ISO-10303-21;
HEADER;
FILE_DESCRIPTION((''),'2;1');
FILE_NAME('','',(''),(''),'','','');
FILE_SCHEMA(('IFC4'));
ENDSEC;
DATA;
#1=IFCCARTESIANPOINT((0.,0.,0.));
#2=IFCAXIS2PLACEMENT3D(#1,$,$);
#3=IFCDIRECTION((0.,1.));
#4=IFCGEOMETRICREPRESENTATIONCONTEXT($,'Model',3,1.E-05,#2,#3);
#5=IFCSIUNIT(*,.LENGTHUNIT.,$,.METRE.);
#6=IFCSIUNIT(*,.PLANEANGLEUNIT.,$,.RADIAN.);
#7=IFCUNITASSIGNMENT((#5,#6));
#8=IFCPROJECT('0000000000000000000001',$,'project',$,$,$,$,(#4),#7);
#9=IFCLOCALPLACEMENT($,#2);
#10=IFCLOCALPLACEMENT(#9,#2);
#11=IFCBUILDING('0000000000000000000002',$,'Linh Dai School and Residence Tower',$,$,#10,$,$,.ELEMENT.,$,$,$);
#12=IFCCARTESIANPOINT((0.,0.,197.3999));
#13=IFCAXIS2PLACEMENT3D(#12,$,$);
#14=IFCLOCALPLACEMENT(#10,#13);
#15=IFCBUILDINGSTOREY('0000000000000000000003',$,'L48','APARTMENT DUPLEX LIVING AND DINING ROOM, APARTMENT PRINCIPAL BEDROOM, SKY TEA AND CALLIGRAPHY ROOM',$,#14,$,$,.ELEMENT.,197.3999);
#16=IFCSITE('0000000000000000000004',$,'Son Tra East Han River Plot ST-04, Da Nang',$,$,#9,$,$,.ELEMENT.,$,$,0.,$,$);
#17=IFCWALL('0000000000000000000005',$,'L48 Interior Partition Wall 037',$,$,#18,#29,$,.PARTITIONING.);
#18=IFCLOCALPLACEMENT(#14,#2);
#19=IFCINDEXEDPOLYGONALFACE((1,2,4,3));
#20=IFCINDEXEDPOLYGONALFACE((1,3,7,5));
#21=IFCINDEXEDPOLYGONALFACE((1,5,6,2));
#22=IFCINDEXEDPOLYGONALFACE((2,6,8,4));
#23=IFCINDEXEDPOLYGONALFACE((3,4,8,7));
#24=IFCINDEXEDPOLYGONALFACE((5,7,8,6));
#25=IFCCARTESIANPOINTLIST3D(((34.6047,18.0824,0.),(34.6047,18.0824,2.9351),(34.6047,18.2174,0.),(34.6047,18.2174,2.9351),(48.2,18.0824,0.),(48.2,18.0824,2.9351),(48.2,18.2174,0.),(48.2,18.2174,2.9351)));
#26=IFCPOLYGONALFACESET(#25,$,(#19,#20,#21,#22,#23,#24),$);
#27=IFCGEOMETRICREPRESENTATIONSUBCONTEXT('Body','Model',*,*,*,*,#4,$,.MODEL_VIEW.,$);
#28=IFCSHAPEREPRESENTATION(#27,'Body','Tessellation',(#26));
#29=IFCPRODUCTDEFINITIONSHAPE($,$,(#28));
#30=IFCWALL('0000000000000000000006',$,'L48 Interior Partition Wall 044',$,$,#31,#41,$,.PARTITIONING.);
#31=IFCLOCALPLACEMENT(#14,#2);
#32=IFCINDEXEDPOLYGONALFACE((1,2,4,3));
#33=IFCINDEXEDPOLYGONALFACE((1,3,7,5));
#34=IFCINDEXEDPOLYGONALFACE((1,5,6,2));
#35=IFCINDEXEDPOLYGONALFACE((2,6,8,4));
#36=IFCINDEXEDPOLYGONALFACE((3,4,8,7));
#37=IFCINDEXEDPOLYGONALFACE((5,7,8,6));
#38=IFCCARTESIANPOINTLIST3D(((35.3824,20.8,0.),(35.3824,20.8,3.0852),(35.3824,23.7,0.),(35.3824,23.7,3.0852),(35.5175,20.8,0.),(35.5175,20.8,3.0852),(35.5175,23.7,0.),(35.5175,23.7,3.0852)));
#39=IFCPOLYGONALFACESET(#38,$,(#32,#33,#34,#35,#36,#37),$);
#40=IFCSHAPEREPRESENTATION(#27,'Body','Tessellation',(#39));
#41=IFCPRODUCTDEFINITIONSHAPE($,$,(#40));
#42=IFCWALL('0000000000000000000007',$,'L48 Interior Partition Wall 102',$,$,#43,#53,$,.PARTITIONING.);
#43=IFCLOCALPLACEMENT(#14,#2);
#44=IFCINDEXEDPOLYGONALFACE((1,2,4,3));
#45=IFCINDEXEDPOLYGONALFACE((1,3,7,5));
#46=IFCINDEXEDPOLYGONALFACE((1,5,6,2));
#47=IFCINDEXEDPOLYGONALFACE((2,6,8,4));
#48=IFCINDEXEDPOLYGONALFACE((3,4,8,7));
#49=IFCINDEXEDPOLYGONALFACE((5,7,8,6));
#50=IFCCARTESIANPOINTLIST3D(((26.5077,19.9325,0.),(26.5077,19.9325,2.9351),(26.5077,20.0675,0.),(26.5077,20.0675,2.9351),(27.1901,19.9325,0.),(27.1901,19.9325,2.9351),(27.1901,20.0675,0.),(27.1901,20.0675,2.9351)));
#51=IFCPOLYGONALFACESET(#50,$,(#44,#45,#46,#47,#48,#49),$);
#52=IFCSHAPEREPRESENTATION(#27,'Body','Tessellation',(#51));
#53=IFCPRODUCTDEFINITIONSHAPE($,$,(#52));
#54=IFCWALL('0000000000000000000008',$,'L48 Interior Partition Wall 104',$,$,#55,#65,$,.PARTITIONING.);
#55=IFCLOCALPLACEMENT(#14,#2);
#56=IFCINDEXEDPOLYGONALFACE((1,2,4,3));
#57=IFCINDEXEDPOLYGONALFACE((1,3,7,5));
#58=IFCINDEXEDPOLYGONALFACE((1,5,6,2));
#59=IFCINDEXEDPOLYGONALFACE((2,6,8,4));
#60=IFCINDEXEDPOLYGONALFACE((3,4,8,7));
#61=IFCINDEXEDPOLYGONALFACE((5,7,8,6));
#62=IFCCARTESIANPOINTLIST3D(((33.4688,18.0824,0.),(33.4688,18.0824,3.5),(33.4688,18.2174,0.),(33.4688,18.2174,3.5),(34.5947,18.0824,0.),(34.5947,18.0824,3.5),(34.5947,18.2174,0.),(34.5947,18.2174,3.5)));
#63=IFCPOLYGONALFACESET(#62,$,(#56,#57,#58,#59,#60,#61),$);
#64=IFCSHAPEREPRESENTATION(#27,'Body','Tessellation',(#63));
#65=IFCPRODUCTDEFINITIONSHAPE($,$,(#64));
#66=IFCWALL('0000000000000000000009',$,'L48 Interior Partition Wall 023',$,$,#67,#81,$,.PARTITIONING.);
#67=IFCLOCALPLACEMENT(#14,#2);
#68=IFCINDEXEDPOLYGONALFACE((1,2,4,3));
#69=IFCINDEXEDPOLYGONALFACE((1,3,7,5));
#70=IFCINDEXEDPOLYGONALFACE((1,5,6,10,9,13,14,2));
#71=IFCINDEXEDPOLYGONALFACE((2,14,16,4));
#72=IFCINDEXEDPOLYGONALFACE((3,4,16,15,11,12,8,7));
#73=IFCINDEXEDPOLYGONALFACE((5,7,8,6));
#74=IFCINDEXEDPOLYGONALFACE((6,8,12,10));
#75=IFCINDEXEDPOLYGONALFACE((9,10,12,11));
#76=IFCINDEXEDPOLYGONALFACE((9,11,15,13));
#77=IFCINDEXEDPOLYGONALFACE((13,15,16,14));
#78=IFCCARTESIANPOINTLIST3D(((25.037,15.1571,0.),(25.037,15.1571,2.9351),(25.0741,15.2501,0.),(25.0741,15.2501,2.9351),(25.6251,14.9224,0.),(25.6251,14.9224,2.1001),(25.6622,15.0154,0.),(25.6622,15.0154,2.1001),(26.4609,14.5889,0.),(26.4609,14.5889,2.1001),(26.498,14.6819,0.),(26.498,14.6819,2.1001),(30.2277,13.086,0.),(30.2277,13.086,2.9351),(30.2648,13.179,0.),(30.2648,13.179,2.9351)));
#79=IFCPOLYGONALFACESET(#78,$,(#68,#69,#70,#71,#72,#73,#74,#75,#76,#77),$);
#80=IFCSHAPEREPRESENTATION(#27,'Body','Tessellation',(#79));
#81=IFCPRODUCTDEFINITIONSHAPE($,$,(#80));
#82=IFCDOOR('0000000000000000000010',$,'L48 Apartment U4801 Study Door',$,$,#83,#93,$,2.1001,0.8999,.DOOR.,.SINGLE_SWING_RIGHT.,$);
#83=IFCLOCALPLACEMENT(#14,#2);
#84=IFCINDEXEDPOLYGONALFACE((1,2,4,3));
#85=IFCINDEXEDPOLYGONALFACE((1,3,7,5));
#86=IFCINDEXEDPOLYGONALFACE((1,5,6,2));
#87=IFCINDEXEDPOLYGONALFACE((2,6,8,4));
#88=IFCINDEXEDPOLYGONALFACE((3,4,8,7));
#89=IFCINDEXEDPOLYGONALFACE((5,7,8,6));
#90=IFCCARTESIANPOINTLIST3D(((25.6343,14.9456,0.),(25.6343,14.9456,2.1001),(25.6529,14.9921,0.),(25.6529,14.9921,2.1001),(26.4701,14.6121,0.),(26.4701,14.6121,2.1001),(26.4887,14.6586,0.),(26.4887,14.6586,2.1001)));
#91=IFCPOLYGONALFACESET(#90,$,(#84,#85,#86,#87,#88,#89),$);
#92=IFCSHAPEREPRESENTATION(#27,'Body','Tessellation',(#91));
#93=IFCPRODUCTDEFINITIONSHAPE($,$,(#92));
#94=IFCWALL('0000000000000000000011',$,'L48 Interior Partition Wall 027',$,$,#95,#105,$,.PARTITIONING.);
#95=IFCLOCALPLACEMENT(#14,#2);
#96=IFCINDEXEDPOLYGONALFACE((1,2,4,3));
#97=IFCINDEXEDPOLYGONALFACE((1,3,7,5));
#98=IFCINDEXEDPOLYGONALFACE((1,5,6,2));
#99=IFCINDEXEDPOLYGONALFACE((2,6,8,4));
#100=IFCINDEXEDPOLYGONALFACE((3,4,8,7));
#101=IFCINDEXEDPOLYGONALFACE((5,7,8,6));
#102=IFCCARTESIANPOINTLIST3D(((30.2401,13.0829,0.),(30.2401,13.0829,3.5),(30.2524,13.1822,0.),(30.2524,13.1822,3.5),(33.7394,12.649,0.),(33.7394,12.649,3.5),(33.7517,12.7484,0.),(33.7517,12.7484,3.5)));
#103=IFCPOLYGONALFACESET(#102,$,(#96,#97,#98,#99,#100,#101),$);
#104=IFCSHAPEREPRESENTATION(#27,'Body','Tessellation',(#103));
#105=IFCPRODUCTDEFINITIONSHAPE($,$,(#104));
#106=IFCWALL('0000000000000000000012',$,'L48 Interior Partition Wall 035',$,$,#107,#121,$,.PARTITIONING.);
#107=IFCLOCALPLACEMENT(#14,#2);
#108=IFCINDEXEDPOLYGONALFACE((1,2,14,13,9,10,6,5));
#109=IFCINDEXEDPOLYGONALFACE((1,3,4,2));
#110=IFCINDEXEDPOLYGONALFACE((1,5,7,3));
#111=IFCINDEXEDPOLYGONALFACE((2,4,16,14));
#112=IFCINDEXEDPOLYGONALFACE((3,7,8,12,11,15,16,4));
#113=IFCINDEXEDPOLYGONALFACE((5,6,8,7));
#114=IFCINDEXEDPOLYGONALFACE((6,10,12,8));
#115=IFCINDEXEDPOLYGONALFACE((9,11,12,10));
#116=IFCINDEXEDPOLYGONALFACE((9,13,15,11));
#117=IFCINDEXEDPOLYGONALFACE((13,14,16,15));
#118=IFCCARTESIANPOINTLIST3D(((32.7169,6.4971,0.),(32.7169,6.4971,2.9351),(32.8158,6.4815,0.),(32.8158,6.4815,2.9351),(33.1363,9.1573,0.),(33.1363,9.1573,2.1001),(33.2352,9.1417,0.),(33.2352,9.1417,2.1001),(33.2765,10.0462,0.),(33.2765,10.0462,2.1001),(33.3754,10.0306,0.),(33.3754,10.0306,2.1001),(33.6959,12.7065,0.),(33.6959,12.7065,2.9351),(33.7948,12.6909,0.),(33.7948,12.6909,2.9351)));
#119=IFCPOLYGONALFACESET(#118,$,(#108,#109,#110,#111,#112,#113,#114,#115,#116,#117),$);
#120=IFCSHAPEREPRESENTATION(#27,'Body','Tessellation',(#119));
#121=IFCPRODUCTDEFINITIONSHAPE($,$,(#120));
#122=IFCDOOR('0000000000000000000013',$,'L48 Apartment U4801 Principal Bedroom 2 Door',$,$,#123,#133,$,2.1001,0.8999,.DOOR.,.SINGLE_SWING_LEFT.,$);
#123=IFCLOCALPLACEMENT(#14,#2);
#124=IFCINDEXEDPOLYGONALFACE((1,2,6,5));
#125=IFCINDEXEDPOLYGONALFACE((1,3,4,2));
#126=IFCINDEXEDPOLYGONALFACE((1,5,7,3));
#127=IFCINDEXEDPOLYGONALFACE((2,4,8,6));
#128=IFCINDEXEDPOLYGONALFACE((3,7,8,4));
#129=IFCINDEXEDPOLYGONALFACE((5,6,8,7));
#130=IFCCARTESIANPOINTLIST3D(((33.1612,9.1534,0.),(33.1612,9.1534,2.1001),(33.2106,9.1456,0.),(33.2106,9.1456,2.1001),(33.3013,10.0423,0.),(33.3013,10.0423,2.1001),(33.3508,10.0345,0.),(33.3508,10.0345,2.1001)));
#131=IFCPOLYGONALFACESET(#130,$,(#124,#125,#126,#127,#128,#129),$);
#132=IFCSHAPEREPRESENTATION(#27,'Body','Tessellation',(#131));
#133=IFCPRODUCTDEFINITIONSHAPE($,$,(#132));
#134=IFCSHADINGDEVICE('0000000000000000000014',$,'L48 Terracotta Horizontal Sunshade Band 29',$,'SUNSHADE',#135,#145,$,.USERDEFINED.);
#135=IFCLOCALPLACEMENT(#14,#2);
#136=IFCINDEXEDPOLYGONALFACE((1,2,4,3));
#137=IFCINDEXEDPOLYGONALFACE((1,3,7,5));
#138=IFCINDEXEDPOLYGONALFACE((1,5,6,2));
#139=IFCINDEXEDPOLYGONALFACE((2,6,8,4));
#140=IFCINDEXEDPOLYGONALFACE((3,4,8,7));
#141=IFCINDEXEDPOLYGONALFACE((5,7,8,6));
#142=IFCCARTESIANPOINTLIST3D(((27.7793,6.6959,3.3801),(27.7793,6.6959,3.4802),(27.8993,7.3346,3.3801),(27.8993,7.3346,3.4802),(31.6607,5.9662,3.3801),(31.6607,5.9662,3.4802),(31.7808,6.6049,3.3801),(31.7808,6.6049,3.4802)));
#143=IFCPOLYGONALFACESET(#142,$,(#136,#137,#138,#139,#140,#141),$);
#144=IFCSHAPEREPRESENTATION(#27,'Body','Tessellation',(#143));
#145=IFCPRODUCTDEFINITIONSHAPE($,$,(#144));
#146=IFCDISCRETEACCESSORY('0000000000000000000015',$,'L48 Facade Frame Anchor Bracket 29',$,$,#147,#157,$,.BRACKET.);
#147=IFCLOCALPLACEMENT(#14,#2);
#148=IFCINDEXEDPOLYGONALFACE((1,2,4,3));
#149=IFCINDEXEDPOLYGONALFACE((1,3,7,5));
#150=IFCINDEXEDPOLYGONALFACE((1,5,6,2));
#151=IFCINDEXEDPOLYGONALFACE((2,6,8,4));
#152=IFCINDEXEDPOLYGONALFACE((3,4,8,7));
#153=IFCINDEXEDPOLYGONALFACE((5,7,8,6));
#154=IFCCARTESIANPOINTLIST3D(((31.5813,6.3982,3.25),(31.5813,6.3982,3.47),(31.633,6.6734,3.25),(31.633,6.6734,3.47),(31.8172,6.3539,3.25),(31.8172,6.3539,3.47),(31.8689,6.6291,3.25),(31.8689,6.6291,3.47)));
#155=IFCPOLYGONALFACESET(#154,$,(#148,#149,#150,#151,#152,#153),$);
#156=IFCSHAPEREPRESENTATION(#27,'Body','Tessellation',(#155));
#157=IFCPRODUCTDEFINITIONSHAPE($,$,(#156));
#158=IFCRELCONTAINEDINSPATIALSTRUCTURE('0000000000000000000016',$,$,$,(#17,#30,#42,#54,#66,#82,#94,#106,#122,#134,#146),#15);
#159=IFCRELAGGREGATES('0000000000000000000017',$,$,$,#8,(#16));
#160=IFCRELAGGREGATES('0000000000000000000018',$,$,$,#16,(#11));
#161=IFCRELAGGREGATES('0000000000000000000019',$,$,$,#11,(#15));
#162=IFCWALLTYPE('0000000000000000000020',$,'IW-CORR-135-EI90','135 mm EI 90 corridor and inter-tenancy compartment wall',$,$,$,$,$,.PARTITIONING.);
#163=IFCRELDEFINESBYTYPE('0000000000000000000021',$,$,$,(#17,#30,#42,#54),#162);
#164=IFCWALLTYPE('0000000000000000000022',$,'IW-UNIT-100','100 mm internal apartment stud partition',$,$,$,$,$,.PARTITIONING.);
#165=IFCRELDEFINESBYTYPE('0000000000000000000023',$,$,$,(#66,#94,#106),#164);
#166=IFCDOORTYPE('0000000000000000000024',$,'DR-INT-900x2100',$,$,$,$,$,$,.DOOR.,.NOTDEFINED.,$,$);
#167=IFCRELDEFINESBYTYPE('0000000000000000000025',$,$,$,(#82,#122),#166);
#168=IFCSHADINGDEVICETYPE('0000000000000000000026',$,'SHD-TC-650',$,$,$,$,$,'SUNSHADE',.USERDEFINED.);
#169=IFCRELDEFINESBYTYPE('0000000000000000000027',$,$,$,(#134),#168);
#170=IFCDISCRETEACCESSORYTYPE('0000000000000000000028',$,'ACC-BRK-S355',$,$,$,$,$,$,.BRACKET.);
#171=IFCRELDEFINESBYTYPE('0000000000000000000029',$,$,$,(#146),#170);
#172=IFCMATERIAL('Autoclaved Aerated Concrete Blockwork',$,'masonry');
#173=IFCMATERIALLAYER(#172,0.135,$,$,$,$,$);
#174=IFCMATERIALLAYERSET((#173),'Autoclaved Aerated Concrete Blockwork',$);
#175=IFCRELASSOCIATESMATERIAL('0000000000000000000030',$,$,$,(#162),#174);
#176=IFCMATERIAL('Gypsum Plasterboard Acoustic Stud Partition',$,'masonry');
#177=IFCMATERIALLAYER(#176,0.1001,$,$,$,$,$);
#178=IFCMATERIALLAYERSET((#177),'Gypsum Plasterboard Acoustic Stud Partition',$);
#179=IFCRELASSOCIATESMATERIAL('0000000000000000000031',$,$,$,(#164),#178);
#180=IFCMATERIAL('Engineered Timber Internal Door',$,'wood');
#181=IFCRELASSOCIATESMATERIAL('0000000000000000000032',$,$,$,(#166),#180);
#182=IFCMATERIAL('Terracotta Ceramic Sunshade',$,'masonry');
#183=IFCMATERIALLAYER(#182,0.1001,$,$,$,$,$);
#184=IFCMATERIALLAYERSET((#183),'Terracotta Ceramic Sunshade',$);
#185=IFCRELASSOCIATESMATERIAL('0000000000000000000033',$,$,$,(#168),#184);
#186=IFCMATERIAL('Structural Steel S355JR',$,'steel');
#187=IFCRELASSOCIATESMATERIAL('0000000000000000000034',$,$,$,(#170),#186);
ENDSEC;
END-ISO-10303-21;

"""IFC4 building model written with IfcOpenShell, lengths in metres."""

from ifc_helpers import new_model, si_unit, direction, frame, frame_2d, origin, origin_2d, place, context, subcontext, project, spatial, rectangle, extrude, source, transform, mapped, material, layer, layer_set, type_object, element, fill, save


model = new_model("IFC4")

# Units and contexts
model_context = context("Model", 3, precision=1e-05, world=origin(), true_north=direction((0.0, 1.0)))
body_context = subcontext(model_context, "Body", "Model", "MODEL_VIEW")
ifc_project = project(units=[si_unit("LENGTHUNIT", "METRE"), si_unit("PLANEANGLEUNIT", "RADIAN")], contexts=[model_context])

# Site, building, storey
site_placement = place(None, origin())
site = spatial("IfcSite", under=ifc_project, at=site_placement, Name="Son Tra East Han River Plot ST-04, Da Nang", CompositionType="ELEMENT", RefElevation=0.0)
building_placement = place(site_placement, origin())
building = spatial("IfcBuilding", under=site, at=building_placement, Name="Linh Dai School and Residence Tower", CompositionType="ELEMENT")
storey_placement = place(building_placement, frame((0.0, 0.0, 197.3999)))
storey = spatial("IfcBuildingStorey", under=building, at=storey_placement, Name="L48", Description="APARTMENT DUPLEX LIVING AND DINING ROOM, APARTMENT PRINCIPAL BEDROOM, SKY TEA AND CALLIGRAPHY ROOM", CompositionType="ELEMENT", Elevation=197.3999)

# Shared definitions
ifc_material_1 = material(Name="Structural Steel S355JR", Category="steel")

# Walls
ifc_material_2 = material(Name="Autoclaved Aerated Concrete Blockwork", Category="masonry")
ifc_layer_1 = layer(ifc_material_2, 0.135)
ifc_layer_set_1 = layer_set([ifc_layer_1], Name="Autoclaved Aerated Concrete Blockwork")
wall_type_1 = type_object("IfcWallType", Name="IW-CORR-135-EI90", Description="135 mm EI 90 corridor and inter-tenancy compartment wall", PredefinedType="PARTITIONING", material=ifc_layer_set_1)
wall_1_placement = place(storey_placement, frame((34.6047, 18.1499, 0.0), z_axis=(0.0, 0.0, 1.0), x_axis=(1.0, 0.0, 0.0)))
element("IfcWall", 1, at=wall_1_placement, inside=storey, type_object=wall_type_1, Name="L48 Interior Partition Wall 037", PredefinedType="PARTITIONING", context=body_context, shape_type="SweptSolid", body=[
    extrude(rectangle(XDim=13.5952, YDim=0.135, at=frame_2d((6.7976, 0.0))), origin(), (0.0, 0.0, 1.0), 2.9351),
])
wall_2_placement = place(storey_placement, frame((35.45, 20.8, 0.0), z_axis=(0.0, 0.0, 1.0), x_axis=(0.0, 1.0, 0.0)))
element("IfcWall", 2, at=wall_2_placement, inside=storey, type_object=wall_type_1, Name="L48 Interior Partition Wall 044", PredefinedType="PARTITIONING", context=body_context, shape_type="SweptSolid", body=[
    extrude(rectangle(XDim=2.8999, YDim=0.135, at=frame_2d((1.45, 0.0))), origin(), (0.0, 0.0, 1.0), 3.0852),
])
wall_3_placement = place(storey_placement, frame((26.5076, 20.0, 0.0), z_axis=(0.0, 0.0, 1.0), x_axis=(1.0, 0.0, 0.0)))
element("IfcWall", 3, at=wall_3_placement, inside=storey, type_object=wall_type_1, Name="L48 Interior Partition Wall 102", PredefinedType="PARTITIONING", context=body_context, shape_type="SweptSolid", body=[
    extrude(rectangle(XDim=0.6824, YDim=0.135, at=frame_2d((0.3413, 0.0))), origin(), (0.0, 0.0, 1.0), 2.9351),
])
wall_4_placement = place(storey_placement, frame((34.5947, 18.1499, 0.0), z_axis=(0.0, 0.0, 1.0), x_axis=(-1.0, 0.0, 0.0)))
element("IfcWall", 4, at=wall_4_placement, inside=storey, type_object=wall_type_1, Name="L48 Interior Partition Wall 104", PredefinedType="PARTITIONING", context=body_context, shape_type="SweptSolid", body=[
    extrude(rectangle(XDim=1.126, YDim=0.135, at=frame_2d((0.563, 0.0))), origin(), (0.0, 0.0, 1.0), 3.5),
])

# Wall, opening, door
ifc_material_3 = material(Name="Gypsum Plasterboard Acoustic Stud Partition", Category="masonry")
ifc_layer_2 = layer(ifc_material_3, 0.1001)
ifc_layer_set_2 = layer_set([ifc_layer_2], Name="Gypsum Plasterboard Acoustic Stud Partition")
wall_type_2 = type_object("IfcWallType", Name="IW-UNIT-100", Description="100 mm internal apartment stud partition", PredefinedType="PARTITIONING", material=ifc_layer_set_2)
wall_5_placement = place(storey_placement, frame((25.0554, 15.2036, 0.0), z_axis=(0.0, 0.0, 1.0), x_axis=(0.928799, -0.370585, 0.0)))
wall_5 = element("IfcWall", 5, at=wall_5_placement, inside=storey, type_object=wall_type_2, Name="L48 Interior Partition Wall 023", PredefinedType="PARTITIONING", context=body_context, shape_type="SweptSolid", body=[
    extrude(rectangle(XDim=5.5886, YDim=0.1001, at=frame_2d((2.7944, 0.0))), origin(), (0.0, 0.0, 1.0), 2.9351),
])
opening_1_placement = place(wall_5_placement, frame((0.6333, 0.0, 0.0)))
opening_1 = element("IfcOpeningElement", 6, at=opening_1_placement, cuts=wall_5, PredefinedType="OPENING", context=body_context, shape_type="SweptSolid", body=[
    extrude(rectangle(XDim=0.8999, YDim=2.1001, at=origin_2d()), frame((0.45, 0.0601, 1.05), z_axis=(0.0, -1.0, 0.0), x_axis=(1.0, 0.0, 0.0)), (0.0, 0.0, 1.0), 0.1201),
])
ifc_material_4 = material(Name="Engineered Timber Internal Door", Category="wood")
door_type_1 = type_object("IfcDoorType", Name="DR-INT-900x2100", OperationType="NOTDEFINED", PredefinedType="DOOR", material=ifc_material_4)
shared_shape_1 = source(origin(), body_context, "Body", "SweptSolid", [
    extrude(rectangle(XDim=0.8999, YDim=2.1001, at=origin_2d()), frame((0.45, 0.0249, 1.05), z_axis=(0.0, -1.0, 0.0), x_axis=(1.0, 0.0, 0.0)), (0.0, 0.0, 1.0), 0.05),
])
door_1_placement = place(opening_1_placement, origin())
door_1 = element("IfcDoor", 7, at=door_1_placement, inside=storey, type_object=door_type_1, Name="L48 Apartment U4801 Study Door", OperationType="SINGLE_SWING_RIGHT", OverallHeight=2.1001, OverallWidth=0.8999, PredefinedType="DOOR", context=body_context, shape_type="MappedRepresentation", body=[
    mapped(shared_shape_1, transform((0.0, 0.0, 0.0), x_axis=(1.0, 0.0, 0.0), y_axis=(0.0, 1.0, 0.0), z_axis=(0.0, 0.0, 1.0), scale=1.0)),
])
fill(opening_1, door_1)

# Wall
wall_6_placement = place(storey_placement, frame((30.2461, 13.1326, 0.0), z_axis=(0.0, 0.0, 1.0), x_axis=(0.992402, -0.123038, 0.0)))
element("IfcWall", 8, at=wall_6_placement, inside=storey, type_object=wall_type_2, Name="L48 Interior Partition Wall 027", PredefinedType="PARTITIONING", context=body_context, shape_type="SweptSolid", body=[
    extrude(rectangle(XDim=3.5261, YDim=0.1001, at=frame_2d((1.7632, 0.0))), origin(), (0.0, 0.0, 1.0), 3.5),
])

# Wall, opening, door
wall_7_placement = place(storey_placement, frame((32.7664, 6.4893, 0.0), z_axis=(0.0, 0.0, 1.0), x_axis=(0.155739, 0.987798, 0.0)))
wall_7 = element("IfcWall", 9, at=wall_7_placement, inside=storey, type_object=wall_type_2, Name="L48 Interior Partition Wall 035", PredefinedType="PARTITIONING", context=body_context, shape_type="SweptSolid", body=[
    extrude(rectangle(XDim=6.2861, YDim=0.1001, at=frame_2d((3.1431, 0.0))), origin(), (0.0, 0.0, 1.0), 2.9351),
])
opening_2_placement = place(wall_7_placement, frame((2.6931, 0.0, 0.0)))
opening_2 = element("IfcOpeningElement", 10, at=opening_2_placement, cuts=wall_7, PredefinedType="OPENING", context=body_context, shape_type="SweptSolid", body=[
    extrude(rectangle(XDim=0.8999, YDim=2.1001, at=origin_2d()), frame((0.45, 0.0601, 1.05), z_axis=(0.0, -1.0, 0.0), x_axis=(1.0, 0.0, 0.0)), (0.0, 0.0, 1.0), 0.1201),
])
door_2_placement = place(opening_2_placement, origin())
door_2 = element("IfcDoor", 11, at=door_2_placement, inside=storey, type_object=door_type_1, Name="L48 Apartment U4801 Principal Bedroom 2 Door", OperationType="SINGLE_SWING_LEFT", OverallHeight=2.1001, OverallWidth=0.8999, PredefinedType="DOOR", context=body_context, shape_type="MappedRepresentation", body=[
    mapped(shared_shape_1, transform((0.0, 0.0, 0.0), x_axis=(1.0, 0.0, 0.0), y_axis=(0.0, 1.0, 0.0), z_axis=(0.0, 0.0, 1.0), scale=1.0)),
])
fill(opening_2, door_2)

# Shading device
ifc_material_5 = material(Name="Terracotta Ceramic Sunshade", Category="masonry")
ifc_layer_3 = layer(ifc_material_5, 0.1001)
ifc_layer_set_3 = layer_set([ifc_layer_3], Name="Terracotta Ceramic Sunshade")
shading_device_type = type_object("IfcShadingDeviceType", Name="SHD-TC-650", ElementType="SUNSHADE", PredefinedType="USERDEFINED", material=ifc_layer_set_3)
shared_shape_2 = source(origin(), body_context, "Body", "SweptSolid", [
    extrude(rectangle(XDim=3.9495, YDim=0.6499, at=origin_2d()), origin(), (0.0, 0.0, 1.0), 0.1001),
])
shading_device_placement = place(storey_placement, frame((29.78, 6.6504, 3.3801), z_axis=(0.0, 0.0, 1.0), x_axis=(-0.982783, 0.184763, 0.0)))
element("IfcShadingDevice", 12, at=shading_device_placement, inside=storey, type_object=shading_device_type, Name="L48 Terracotta Horizontal Sunshade Band 29", ObjectType="SUNSHADE", PredefinedType="USERDEFINED", context=body_context, shape_type="MappedRepresentation", body=[
    mapped(shared_shape_2, transform((0.0, 0.0, 0.0), x_axis=(1.0, 0.0, 0.0), y_axis=(0.0, 1.0, 0.0), z_axis=(0.0, 0.0, 1.0), scale=1.0)),
])

# Discrete accessory
discrete_accessory_type = type_object("IfcDiscreteAccessoryType", Name="ACC-BRK-S355", PredefinedType="BRACKET", material=ifc_material_1)
shared_shape_3 = source(origin(), body_context, "Body", "SweptSolid", [
    extrude(rectangle(XDim=0.28, YDim=0.24, at=origin_2d()), origin(), (0.0, 0.0, 1.0), 0.22),
])
discrete_accessory_placement = place(storey_placement, frame((31.7251, 6.5137, 3.25), z_axis=(0.0, 0.0, 1.0), x_axis=(-0.184763, -0.982783, 0.0)))
element("IfcDiscreteAccessory", 13, at=discrete_accessory_placement, inside=storey, type_object=discrete_accessory_type, Name="L48 Facade Frame Anchor Bracket 29", PredefinedType="BRACKET", context=body_context, shape_type="MappedRepresentation", body=[
    mapped(shared_shape_3, transform((0.0, 0.0, 0.0), x_axis=(1.0, 0.0, 0.0), y_axis=(0.0, 1.0, 0.0), z_axis=(0.0, 0.0, 1.0), scale=1.0)),
])

save(model, "model.ifc")
